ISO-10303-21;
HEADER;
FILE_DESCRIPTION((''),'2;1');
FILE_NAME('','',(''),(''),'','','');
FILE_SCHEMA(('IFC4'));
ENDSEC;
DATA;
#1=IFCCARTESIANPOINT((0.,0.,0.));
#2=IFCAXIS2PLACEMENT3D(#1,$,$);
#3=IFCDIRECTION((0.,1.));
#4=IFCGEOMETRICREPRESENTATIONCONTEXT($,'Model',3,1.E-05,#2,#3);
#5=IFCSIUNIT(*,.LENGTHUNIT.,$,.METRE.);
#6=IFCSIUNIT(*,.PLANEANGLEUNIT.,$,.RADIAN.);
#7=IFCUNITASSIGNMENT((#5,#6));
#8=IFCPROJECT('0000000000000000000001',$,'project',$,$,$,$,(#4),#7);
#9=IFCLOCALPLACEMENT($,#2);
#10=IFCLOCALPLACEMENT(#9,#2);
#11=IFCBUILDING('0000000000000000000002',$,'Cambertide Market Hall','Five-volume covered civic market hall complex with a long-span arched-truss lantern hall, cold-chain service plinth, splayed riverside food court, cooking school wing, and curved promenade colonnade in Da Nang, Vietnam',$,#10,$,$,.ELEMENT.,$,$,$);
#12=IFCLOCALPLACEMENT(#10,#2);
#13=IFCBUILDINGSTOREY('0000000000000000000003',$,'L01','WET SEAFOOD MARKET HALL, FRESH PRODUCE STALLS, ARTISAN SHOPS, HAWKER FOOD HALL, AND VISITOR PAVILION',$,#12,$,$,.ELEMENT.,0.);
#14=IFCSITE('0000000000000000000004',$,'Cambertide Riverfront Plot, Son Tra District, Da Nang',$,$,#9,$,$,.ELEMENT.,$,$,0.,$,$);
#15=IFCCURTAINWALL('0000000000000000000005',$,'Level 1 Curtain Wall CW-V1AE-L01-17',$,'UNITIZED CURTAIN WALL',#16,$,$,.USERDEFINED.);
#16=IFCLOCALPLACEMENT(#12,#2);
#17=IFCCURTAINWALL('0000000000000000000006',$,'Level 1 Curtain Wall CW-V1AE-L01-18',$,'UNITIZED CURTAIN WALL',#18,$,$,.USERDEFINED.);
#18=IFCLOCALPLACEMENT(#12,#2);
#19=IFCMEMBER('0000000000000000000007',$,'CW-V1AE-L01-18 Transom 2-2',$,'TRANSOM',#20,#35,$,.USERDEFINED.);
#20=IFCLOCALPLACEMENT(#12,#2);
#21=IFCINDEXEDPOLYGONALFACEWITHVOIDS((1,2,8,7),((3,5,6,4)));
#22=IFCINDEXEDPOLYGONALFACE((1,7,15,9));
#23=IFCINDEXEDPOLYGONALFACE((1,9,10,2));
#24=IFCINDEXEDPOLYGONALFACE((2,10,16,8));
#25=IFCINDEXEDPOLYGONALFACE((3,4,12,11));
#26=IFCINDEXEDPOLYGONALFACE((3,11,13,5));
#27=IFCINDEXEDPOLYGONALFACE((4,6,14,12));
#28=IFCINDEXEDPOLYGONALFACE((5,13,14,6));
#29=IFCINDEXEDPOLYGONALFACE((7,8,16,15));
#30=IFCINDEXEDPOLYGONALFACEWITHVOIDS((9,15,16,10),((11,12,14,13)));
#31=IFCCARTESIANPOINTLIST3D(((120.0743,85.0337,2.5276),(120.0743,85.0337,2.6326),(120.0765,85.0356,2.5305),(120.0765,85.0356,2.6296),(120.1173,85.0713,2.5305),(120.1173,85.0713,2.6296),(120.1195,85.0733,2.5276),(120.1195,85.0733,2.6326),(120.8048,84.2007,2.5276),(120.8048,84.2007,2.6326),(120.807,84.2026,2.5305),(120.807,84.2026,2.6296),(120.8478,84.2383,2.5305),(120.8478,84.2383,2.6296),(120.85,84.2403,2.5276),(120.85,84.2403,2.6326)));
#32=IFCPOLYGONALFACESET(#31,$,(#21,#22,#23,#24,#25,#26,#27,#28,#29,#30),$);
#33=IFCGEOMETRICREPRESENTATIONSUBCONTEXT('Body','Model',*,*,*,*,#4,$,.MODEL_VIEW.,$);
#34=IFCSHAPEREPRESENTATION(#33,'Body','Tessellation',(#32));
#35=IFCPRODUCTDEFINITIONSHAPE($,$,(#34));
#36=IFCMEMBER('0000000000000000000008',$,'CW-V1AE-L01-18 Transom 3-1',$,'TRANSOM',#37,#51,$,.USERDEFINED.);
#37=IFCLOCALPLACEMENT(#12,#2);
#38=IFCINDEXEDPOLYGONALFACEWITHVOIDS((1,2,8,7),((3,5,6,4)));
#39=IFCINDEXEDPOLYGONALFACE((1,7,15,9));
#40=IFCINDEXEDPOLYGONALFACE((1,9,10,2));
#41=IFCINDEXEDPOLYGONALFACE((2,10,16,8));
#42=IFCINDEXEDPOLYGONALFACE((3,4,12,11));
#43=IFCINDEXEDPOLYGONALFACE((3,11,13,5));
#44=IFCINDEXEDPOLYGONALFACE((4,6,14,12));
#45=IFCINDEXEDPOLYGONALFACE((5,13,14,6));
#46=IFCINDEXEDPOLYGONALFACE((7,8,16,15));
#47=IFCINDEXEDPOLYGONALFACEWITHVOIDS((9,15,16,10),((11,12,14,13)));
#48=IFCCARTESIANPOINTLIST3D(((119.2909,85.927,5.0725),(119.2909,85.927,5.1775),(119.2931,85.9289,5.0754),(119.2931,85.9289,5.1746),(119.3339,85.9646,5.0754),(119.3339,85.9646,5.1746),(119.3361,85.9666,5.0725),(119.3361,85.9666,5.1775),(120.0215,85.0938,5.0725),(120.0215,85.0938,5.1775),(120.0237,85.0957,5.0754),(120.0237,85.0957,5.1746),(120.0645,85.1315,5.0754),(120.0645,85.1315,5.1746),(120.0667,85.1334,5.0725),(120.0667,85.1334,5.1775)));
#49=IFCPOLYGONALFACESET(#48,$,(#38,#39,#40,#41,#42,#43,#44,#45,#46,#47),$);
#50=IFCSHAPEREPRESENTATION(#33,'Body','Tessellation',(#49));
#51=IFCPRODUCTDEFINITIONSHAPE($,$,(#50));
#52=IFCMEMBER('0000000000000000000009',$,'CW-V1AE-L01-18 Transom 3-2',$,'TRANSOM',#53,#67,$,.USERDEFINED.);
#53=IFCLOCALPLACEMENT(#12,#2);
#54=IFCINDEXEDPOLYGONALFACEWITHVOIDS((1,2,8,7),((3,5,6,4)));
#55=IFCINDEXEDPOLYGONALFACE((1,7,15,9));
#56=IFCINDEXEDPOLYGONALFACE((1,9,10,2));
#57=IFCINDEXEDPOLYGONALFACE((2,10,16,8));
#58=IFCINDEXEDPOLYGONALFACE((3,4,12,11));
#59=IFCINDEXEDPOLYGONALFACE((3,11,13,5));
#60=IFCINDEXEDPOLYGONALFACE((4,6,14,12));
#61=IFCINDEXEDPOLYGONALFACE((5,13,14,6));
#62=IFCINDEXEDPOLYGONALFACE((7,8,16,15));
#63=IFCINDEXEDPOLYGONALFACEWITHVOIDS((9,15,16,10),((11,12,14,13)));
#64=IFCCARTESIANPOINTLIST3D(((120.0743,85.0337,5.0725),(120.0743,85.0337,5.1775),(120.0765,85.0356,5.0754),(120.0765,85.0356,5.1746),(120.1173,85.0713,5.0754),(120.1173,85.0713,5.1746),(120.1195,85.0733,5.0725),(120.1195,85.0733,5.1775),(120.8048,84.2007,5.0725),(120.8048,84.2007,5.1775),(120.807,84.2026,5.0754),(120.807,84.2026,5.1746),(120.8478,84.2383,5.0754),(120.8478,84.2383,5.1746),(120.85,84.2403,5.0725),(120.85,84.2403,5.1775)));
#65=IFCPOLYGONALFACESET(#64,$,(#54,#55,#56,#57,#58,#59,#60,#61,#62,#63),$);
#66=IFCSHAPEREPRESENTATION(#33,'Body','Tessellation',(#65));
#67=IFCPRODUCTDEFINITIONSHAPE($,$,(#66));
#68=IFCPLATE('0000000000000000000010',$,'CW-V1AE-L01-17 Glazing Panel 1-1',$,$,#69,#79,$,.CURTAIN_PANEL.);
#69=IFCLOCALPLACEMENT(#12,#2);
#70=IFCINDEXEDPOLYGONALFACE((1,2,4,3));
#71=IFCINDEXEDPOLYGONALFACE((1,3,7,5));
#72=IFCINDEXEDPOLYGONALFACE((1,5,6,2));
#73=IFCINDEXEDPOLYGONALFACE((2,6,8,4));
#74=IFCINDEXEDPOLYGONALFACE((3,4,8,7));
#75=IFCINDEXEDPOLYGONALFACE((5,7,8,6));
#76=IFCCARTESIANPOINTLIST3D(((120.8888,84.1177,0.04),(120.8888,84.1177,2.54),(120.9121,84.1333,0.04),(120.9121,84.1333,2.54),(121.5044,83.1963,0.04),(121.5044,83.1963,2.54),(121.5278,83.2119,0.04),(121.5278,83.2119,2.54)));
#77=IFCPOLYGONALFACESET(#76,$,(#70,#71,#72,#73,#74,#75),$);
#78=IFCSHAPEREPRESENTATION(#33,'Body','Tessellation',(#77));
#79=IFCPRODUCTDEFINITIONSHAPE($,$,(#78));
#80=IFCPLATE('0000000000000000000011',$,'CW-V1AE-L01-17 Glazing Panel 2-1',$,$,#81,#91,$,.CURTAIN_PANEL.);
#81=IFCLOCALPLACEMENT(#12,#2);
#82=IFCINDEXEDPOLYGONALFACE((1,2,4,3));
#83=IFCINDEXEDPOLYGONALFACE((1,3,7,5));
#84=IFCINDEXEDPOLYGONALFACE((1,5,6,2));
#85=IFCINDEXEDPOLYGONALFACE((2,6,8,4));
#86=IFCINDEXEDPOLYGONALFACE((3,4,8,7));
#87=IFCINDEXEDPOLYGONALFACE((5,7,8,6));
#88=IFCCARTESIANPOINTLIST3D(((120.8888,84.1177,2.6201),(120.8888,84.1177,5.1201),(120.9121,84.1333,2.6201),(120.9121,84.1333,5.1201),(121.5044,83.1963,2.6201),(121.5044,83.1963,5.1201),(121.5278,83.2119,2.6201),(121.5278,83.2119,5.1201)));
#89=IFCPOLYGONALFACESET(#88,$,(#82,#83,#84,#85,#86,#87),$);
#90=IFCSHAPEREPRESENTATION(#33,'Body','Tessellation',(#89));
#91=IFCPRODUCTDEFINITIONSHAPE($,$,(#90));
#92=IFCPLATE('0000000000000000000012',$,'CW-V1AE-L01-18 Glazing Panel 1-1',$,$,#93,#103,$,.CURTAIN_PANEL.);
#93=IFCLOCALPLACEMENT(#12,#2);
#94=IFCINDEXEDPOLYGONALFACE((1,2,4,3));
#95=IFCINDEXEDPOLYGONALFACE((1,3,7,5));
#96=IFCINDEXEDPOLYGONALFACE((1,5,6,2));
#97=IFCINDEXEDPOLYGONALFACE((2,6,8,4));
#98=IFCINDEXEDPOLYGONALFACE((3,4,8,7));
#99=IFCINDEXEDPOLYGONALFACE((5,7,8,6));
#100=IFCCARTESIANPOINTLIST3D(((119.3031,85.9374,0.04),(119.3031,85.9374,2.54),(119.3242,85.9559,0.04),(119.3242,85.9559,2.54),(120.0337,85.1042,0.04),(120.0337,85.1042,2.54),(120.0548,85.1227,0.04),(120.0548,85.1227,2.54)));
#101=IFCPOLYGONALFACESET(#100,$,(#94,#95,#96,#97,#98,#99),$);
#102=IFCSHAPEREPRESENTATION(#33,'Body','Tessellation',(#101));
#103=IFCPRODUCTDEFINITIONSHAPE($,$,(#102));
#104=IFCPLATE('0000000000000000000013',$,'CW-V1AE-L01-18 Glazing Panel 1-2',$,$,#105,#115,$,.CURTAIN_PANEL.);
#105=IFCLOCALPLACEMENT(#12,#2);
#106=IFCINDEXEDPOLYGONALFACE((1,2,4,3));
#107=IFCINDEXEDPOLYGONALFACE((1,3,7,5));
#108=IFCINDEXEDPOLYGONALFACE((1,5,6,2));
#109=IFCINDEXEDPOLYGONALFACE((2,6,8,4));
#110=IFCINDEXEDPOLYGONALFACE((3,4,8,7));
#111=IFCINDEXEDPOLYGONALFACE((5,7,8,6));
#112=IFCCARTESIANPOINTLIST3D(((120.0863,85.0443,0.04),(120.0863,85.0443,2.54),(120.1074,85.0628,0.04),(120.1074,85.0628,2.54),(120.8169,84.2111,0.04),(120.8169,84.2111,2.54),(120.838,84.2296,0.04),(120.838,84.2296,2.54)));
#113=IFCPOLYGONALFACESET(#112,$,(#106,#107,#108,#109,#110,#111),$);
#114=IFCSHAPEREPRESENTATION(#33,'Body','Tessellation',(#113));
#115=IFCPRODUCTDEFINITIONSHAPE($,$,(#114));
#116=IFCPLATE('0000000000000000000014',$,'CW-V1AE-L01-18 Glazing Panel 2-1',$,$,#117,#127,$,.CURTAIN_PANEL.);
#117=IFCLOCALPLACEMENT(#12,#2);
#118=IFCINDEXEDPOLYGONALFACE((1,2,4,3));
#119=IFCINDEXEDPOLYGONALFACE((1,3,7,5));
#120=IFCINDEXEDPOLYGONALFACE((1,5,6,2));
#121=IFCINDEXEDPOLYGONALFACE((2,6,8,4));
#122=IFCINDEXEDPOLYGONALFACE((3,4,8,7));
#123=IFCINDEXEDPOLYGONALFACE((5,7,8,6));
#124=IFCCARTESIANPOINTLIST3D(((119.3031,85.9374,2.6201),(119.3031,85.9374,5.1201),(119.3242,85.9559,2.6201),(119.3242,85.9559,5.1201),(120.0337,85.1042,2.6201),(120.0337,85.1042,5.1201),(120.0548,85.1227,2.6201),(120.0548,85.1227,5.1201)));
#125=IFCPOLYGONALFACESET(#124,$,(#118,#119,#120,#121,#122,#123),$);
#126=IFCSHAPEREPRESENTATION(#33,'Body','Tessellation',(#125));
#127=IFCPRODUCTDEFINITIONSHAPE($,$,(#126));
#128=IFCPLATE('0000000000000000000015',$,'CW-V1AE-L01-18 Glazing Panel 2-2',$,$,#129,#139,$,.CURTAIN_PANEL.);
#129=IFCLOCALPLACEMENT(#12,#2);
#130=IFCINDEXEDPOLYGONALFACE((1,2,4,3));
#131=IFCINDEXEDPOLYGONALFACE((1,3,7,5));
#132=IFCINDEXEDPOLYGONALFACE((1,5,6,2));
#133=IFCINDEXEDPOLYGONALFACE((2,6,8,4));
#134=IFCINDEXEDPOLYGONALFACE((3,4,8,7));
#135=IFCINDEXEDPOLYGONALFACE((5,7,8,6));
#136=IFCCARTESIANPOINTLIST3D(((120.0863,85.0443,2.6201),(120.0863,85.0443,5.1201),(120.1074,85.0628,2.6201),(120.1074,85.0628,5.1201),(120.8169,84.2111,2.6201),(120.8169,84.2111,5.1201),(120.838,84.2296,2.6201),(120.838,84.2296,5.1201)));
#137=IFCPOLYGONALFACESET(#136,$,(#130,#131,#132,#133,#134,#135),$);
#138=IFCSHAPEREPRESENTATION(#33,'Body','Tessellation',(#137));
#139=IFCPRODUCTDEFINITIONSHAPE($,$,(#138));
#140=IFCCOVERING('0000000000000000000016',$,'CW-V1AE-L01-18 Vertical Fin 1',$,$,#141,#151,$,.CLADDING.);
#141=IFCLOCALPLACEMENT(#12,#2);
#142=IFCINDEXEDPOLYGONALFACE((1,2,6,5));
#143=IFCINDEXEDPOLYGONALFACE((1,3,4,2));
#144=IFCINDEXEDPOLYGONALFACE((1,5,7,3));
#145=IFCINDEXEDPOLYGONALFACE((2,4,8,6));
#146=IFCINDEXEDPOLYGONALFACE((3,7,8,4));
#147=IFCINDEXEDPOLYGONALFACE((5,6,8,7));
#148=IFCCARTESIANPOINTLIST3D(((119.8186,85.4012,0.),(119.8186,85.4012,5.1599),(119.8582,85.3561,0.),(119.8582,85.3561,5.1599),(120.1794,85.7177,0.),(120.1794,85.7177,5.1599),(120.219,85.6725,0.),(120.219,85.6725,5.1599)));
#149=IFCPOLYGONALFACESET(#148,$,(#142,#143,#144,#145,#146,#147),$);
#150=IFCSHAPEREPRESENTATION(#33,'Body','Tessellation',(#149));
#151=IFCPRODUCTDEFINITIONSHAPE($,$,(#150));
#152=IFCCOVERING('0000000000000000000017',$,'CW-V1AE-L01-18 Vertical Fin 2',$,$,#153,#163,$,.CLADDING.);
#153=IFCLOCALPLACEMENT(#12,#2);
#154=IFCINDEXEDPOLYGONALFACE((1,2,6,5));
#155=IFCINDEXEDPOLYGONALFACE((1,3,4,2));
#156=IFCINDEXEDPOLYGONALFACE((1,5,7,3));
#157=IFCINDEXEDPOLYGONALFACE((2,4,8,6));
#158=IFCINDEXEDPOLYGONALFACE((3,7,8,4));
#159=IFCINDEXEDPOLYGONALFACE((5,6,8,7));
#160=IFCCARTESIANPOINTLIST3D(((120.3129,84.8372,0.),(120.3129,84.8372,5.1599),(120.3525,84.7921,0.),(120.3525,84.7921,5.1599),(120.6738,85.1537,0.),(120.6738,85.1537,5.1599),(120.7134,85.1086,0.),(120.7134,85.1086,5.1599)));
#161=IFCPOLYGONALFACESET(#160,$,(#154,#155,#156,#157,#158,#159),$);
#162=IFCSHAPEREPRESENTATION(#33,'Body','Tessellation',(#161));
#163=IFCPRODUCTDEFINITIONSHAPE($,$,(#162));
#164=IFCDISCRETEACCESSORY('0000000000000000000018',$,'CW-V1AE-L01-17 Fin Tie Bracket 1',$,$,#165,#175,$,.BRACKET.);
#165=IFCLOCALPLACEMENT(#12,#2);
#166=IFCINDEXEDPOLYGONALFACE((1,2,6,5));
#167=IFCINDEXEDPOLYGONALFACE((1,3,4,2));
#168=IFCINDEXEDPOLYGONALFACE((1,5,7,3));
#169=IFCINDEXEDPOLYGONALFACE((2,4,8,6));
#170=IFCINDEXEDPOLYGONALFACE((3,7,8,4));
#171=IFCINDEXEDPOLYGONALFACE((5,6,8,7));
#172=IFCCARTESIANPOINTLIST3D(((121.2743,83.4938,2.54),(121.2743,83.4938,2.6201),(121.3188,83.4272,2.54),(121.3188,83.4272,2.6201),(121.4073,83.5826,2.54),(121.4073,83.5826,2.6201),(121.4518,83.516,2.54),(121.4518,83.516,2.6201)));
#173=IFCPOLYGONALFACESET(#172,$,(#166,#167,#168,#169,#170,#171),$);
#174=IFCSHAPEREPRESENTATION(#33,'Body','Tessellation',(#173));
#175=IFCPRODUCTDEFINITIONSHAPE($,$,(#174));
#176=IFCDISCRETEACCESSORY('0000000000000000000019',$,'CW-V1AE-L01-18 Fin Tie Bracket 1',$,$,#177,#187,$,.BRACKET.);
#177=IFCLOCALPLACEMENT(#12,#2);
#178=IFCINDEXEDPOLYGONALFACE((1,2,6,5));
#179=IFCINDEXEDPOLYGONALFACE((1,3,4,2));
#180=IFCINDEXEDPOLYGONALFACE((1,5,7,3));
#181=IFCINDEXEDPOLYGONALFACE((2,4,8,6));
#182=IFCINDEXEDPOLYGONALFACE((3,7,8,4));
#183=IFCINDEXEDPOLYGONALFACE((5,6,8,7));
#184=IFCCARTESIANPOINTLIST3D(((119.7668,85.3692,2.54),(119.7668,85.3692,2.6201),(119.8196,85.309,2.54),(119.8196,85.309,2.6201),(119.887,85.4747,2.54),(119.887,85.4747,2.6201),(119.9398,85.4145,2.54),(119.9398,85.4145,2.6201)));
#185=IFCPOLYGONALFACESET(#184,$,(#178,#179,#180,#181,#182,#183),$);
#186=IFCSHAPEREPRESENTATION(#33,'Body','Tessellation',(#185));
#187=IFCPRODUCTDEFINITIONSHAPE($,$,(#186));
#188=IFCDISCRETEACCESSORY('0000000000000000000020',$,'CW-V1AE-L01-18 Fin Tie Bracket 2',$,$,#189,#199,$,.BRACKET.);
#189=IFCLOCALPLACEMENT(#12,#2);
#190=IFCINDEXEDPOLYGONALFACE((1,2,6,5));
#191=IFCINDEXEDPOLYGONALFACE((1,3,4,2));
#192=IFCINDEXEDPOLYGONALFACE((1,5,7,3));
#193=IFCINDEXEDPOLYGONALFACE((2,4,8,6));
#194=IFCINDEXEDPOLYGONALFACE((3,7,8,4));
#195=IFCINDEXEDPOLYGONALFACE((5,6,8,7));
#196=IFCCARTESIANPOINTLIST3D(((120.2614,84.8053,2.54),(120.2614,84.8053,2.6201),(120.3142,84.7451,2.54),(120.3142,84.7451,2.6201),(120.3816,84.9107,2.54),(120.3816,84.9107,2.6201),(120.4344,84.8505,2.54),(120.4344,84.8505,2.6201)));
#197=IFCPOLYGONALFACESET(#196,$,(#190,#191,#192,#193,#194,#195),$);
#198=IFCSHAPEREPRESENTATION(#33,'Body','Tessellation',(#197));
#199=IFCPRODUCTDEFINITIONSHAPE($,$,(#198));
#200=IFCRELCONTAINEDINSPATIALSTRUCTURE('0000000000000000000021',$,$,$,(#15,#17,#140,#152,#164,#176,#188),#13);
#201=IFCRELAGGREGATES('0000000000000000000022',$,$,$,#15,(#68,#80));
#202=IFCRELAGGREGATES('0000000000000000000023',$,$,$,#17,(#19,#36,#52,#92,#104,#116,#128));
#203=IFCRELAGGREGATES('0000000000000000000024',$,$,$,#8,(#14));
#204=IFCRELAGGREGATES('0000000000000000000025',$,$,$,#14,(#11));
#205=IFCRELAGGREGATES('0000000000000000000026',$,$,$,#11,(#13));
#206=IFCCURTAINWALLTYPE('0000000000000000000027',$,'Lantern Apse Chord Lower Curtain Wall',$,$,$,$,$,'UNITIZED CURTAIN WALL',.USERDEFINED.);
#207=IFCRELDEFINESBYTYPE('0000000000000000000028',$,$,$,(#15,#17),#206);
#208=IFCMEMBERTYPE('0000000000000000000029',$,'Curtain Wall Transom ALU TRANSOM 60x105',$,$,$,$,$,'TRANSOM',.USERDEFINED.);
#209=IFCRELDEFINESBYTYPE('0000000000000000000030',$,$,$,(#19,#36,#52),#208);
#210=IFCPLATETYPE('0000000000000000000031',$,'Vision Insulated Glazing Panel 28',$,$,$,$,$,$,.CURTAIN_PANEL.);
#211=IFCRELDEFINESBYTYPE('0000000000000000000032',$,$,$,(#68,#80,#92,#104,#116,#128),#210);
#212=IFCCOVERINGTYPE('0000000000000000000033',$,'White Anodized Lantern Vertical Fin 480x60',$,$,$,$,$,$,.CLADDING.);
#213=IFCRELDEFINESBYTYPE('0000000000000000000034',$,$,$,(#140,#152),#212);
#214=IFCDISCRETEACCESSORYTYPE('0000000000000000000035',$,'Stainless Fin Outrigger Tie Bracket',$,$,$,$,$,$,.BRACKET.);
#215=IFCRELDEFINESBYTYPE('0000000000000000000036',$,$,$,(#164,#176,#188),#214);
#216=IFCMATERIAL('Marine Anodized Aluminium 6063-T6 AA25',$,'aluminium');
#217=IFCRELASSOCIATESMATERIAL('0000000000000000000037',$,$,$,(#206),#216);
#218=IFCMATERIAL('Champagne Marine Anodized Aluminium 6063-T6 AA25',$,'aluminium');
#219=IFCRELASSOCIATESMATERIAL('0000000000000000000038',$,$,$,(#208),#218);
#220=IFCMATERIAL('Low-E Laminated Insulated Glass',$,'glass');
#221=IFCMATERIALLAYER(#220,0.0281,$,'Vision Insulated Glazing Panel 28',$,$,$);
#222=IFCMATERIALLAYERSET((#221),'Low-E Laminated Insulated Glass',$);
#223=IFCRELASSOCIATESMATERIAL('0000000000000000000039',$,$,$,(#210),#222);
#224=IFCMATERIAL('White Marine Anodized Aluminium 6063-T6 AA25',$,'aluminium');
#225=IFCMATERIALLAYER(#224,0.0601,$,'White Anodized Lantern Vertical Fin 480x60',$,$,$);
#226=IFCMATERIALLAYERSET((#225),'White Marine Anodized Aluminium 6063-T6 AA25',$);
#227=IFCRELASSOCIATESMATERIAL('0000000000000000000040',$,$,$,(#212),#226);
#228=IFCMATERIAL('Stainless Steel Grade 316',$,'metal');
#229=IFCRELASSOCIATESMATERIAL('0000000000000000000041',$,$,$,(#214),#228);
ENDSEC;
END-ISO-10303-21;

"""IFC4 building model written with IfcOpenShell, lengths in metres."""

from ifc_helpers import new_model, si_unit, direction, frame, origin, origin_2d, place, context, subcontext, project, spatial, rectangle, hollow_rectangle, extrude, material, layer, layer_set, material_profile, profile_set, type_object, element, aggregate, save


model = new_model("IFC4")

# Units and contexts
model_context = context("Model", 3, precision=1e-05, world=origin(), true_north=direction((0.0, 1.0)))
body_context = subcontext(model_context, "Body", "Model", "MODEL_VIEW")
ifc_project = project(units=[si_unit("LENGTHUNIT", "METRE"), si_unit("PLANEANGLEUNIT", "RADIAN")], contexts=[model_context])

# Site, building, storey
site_placement = place(None, origin())
site = spatial("IfcSite", under=ifc_project, at=site_placement, Name="Cambertide Riverfront Plot, Son Tra District, Da Nang", CompositionType="ELEMENT", RefElevation=0.0)
building_placement = place(site_placement, origin())
building = spatial("IfcBuilding", under=site, at=building_placement, Name="Cambertide Market Hall", Description="Five-volume covered civic market hall complex with a long-span arched-truss lantern hall, cold-chain service plinth, splayed riverside food court, cooking school wing, and curved promenade colonnade in Da Nang, Vietnam", CompositionType="ELEMENT")
storey_placement = place(building_placement, origin())
storey = spatial("IfcBuildingStorey", under=building, at=storey_placement, Name="L01", Description="WET SEAFOOD MARKET HALL, FRESH PRODUCE STALLS, ARTISAN SHOPS, HAWKER FOOD HALL, AND VISITOR PAVILION", CompositionType="ELEMENT", Elevation=0.0)

# Curtain walls
ifc_material_1 = material(Name="Marine Anodized Aluminium 6063-T6 AA25", Category="aluminium")
curtain_wall_type = type_object("IfcCurtainWallType", Name="Lantern Apse Chord Lower Curtain Wall", ElementType="UNITIZED CURTAIN WALL", PredefinedType="USERDEFINED", material=ifc_material_1)
curtain_wall_1_placement = place(storey_placement, origin())
curtain_wall_1 = element("IfcCurtainWall", 1, at=curtain_wall_1_placement, inside=storey, type_object=curtain_wall_type, Name="Level 1 Curtain Wall CW-V1AE-L01-17", ObjectType="UNITIZED CURTAIN WALL", PredefinedType="USERDEFINED")
curtain_wall_2_placement = place(storey_placement, origin())
curtain_wall_2 = element("IfcCurtainWall", 2, at=curtain_wall_2_placement, inside=storey, type_object=curtain_wall_type, Name="Level 1 Curtain Wall CW-V1AE-L01-18", ObjectType="UNITIZED CURTAIN WALL", PredefinedType="USERDEFINED")

# Members
ifc_material_2 = material(Name="Champagne Marine Anodized Aluminium 6063-T6 AA25", Category="aluminium")
ifc_material_profile_1 = material_profile(ifc_material_2, hollow_rectangle(XDim=0.0601, YDim=0.105, WallThickness=0.0029, at=origin_2d()), Name="ALU TRANSOM 60x105")
ifc_profile_set_1 = profile_set([ifc_material_profile_1], Name="Champagne Marine Anodized Aluminium 6063-T6 AA25")
member_type_1 = type_object("IfcMemberType", Name="Curtain Wall Transom ALU TRANSOM 60x105", ElementType="TRANSOM", PredefinedType="USERDEFINED", material=ifc_profile_set_1)
member_1_placement = place(storey_placement, frame((120.0969, 85.0535, 2.5801), z_axis=(0.659315, -0.751866, 0.0), x_axis=(0.751866, 0.659315, 0.0)))
member_1 = element("IfcMember", 3, at=member_1_placement, type_object=member_type_1, Name="CW-V1AE-L01-18 Transom 2-2", ObjectType="TRANSOM", PredefinedType="USERDEFINED", context=body_context, shape_type="SweptSolid", body=[
    extrude(hollow_rectangle(XDim=0.0601, YDim=0.105, WallThickness=0.0029, at=origin_2d()), origin(), (0.0, 0.0, 1.0), 1.1079),
])
member_2_placement = place(storey_placement, frame((119.3135, 85.9468, 5.125), z_axis=(0.659331, -0.751853, 0.0), x_axis=(0.751853, 0.659331, 0.0)))
member_2 = element("IfcMember", 4, at=member_2_placement, type_object=member_type_1, Name="CW-V1AE-L01-18 Transom 3-1", ObjectType="TRANSOM", PredefinedType="USERDEFINED", context=body_context, shape_type="SweptSolid", body=[
    extrude(hollow_rectangle(XDim=0.0601, YDim=0.105, WallThickness=0.0029, at=origin_2d()), origin(), (0.0, 0.0, 1.0), 1.1082),
])
member_3_placement = place(storey_placement, frame((120.0969, 85.0535, 5.125), z_axis=(0.659315, -0.751866, 0.0), x_axis=(0.751866, 0.659315, 0.0)))
member_3 = element("IfcMember", 5, at=member_3_placement, type_object=member_type_1, Name="CW-V1AE-L01-18 Transom 3-2", ObjectType="TRANSOM", PredefinedType="USERDEFINED", context=body_context, shape_type="SweptSolid", body=[
    extrude(hollow_rectangle(XDim=0.0601, YDim=0.105, WallThickness=0.0029, at=origin_2d()), origin(), (0.0, 0.0, 1.0), 1.1079),
])

# Plates
ifc_material_3 = material(Name="Low-E Laminated Insulated Glass", Category="glass")
ifc_layer_1 = layer(ifc_material_3, 0.0281, Name="Vision Insulated Glazing Panel 28")
ifc_layer_set_1 = layer_set([ifc_layer_1], Name="Low-E Laminated Insulated Glass")
plate_type = type_object("IfcPlateType", Name="Vision Insulated Glazing Panel 28", PredefinedType="CURTAIN_PANEL", material=ifc_layer_set_1)
plate_1_placement = place(storey_placement, frame((121.2083, 83.6648, 0.04), z_axis=(0.0, 0.0, 1.0), x_axis=(0.55557, -0.83147, 0.0)))
plate_1 = element("IfcPlate", 6, at=plate_1_placement, type_object=plate_type, Name="CW-V1AE-L01-17 Glazing Panel 1-1", PredefinedType="CURTAIN_PANEL", context=body_context, shape_type="SweptSolid", body=[
    extrude(rectangle(XDim=1.1082, YDim=0.0281, at=origin_2d()), origin(), (0.0, 0.0, 1.0), 2.5),
])
plate_2_placement = place(storey_placement, frame((121.2083, 83.6648, 2.6201), z_axis=(0.0, 0.0, 1.0), x_axis=(0.55557, -0.83147, 0.0)))
plate_2 = element("IfcPlate", 7, at=plate_2_placement, type_object=plate_type, Name="CW-V1AE-L01-17 Glazing Panel 2-1", PredefinedType="CURTAIN_PANEL", context=body_context, shape_type="SweptSolid", body=[
    extrude(rectangle(XDim=1.1082, YDim=0.0281, at=origin_2d()), origin(), (0.0, 0.0, 1.0), 2.5),
])
aggregate(curtain_wall_1, [plate_1, plate_2])
plate_3_placement = place(storey_placement, frame((119.679, 85.53, 0.04), z_axis=(0.0, 0.0, 1.0), x_axis=(0.659346, -0.75184, 0.0)))
plate_3 = element("IfcPlate", 8, at=plate_3_placement, type_object=plate_type, Name="CW-V1AE-L01-18 Glazing Panel 1-1", PredefinedType="CURTAIN_PANEL", context=body_context, shape_type="SweptSolid", body=[
    extrude(rectangle(XDim=1.1082, YDim=0.0281, at=origin_2d()), origin(), (0.0, 0.0, 1.0), 2.5),
])
plate_4_placement = place(storey_placement, frame((120.4622, 84.637, 0.04), z_axis=(0.0, 0.0, 1.0), x_axis=(0.659346, -0.75184, 0.0)))
plate_4 = element("IfcPlate", 9, at=plate_4_placement, type_object=plate_type, Name="CW-V1AE-L01-18 Glazing Panel 1-2", PredefinedType="CURTAIN_PANEL", context=body_context, shape_type="SweptSolid", body=[
    extrude(rectangle(XDim=1.1082, YDim=0.0281, at=origin_2d()), origin(), (0.0, 0.0, 1.0), 2.5),
])
plate_5_placement = place(storey_placement, frame((119.679, 85.53, 2.6201), z_axis=(0.0, 0.0, 1.0), x_axis=(0.659346, -0.75184, 0.0)))
plate_5 = element("IfcPlate", 10, at=plate_5_placement, type_object=plate_type, Name="CW-V1AE-L01-18 Glazing Panel 2-1", PredefinedType="CURTAIN_PANEL", context=body_context, shape_type="SweptSolid", body=[
    extrude(rectangle(XDim=1.1082, YDim=0.0281, at=origin_2d()), origin(), (0.0, 0.0, 1.0), 2.5),
])
plate_6_placement = place(storey_placement, frame((120.4622, 84.637, 2.6201), z_axis=(0.0, 0.0, 1.0), x_axis=(0.659346, -0.75184, 0.0)))
plate_6 = element("IfcPlate", 11, at=plate_6_placement, type_object=plate_type, Name="CW-V1AE-L01-18 Glazing Panel 2-2", PredefinedType="CURTAIN_PANEL", context=body_context, shape_type="SweptSolid", body=[
    extrude(rectangle(XDim=1.1082, YDim=0.0281, at=origin_2d()), origin(), (0.0, 0.0, 1.0), 2.5),
])
aggregate(curtain_wall_2, [member_1, member_2, member_3, plate_3, plate_4, plate_5, plate_6])

# Coverings
ifc_material_4 = material(Name="White Marine Anodized Aluminium 6063-T6 AA25", Category="aluminium")
ifc_layer_2 = layer(ifc_material_4, 0.0601, Name="White Anodized Lantern Vertical Fin 480x60")
ifc_layer_set_2 = layer_set([ifc_layer_2], Name="White Marine Anodized Aluminium 6063-T6 AA25")
covering_type = type_object("IfcCoveringType", Name="White Anodized Lantern Vertical Fin 480x60", PredefinedType="CLADDING", material=ifc_layer_set_2)
for number, where, z_axis, x_axis, name in (
    (12, (120.0188, 85.5369, 0.0), (0.0, 0.0, 1.0), (0.659346, -0.75184, 0.0), "CW-V1AE-L01-18 Vertical Fin 1"),
    (13, (120.5132, 84.9729, 0.0), (0.0, 0.0, 1.0), (0.659346, -0.75184, 0.0), "CW-V1AE-L01-18 Vertical Fin 2"),
):
    element("IfcCovering", number, at=place(storey_placement, frame(where, z_axis=z_axis, x_axis=x_axis)), inside=storey, type_object=covering_type, Name=name, PredefinedType="CLADDING", context=body_context, shape_type="SweptSolid", body=[
        extrude(rectangle(XDim=0.0601, YDim=0.48, at=origin_2d()), origin(), (0.0, 0.0, 1.0), 5.1599),
    ])

# Discrete accessories
ifc_material_5 = material(Name="Stainless Steel Grade 316", Category="metal")
discrete_accessory_type = type_object("IfcDiscreteAccessoryType", Name="Stainless Fin Outrigger Tie Bracket", PredefinedType="BRACKET", material=ifc_material_5)
for number, where, z_axis, x_axis, name in (
    (14, (121.363, 83.5049, 2.54), (0.0, 0.0, 1.0), (0.55557, -0.83147, 0.0), "CW-V1AE-L01-17 Fin Tie Bracket 1"),
    (15, (119.8533, 85.3918, 2.54), (0.0, 0.0, 1.0), (0.659346, -0.75184, 0.0), "CW-V1AE-L01-18 Fin Tie Bracket 1"),
    (16, (120.3479, 84.8279, 2.54), (0.0, 0.0, 1.0), (0.659346, -0.75184, 0.0), "CW-V1AE-L01-18 Fin Tie Bracket 2"),
):
    element("IfcDiscreteAccessory", number, at=place(storey_placement, frame(where, z_axis=z_axis, x_axis=x_axis)), inside=storey, type_object=discrete_accessory_type, Name=name, PredefinedType="BRACKET", context=body_context, shape_type="SweptSolid", body=[
        extrude(rectangle(XDim=0.0801, YDim=0.1599, at=origin_2d()), origin(), (0.0, 0.0, 1.0), 0.0801),
    ])

save(model, "model.ifc")
